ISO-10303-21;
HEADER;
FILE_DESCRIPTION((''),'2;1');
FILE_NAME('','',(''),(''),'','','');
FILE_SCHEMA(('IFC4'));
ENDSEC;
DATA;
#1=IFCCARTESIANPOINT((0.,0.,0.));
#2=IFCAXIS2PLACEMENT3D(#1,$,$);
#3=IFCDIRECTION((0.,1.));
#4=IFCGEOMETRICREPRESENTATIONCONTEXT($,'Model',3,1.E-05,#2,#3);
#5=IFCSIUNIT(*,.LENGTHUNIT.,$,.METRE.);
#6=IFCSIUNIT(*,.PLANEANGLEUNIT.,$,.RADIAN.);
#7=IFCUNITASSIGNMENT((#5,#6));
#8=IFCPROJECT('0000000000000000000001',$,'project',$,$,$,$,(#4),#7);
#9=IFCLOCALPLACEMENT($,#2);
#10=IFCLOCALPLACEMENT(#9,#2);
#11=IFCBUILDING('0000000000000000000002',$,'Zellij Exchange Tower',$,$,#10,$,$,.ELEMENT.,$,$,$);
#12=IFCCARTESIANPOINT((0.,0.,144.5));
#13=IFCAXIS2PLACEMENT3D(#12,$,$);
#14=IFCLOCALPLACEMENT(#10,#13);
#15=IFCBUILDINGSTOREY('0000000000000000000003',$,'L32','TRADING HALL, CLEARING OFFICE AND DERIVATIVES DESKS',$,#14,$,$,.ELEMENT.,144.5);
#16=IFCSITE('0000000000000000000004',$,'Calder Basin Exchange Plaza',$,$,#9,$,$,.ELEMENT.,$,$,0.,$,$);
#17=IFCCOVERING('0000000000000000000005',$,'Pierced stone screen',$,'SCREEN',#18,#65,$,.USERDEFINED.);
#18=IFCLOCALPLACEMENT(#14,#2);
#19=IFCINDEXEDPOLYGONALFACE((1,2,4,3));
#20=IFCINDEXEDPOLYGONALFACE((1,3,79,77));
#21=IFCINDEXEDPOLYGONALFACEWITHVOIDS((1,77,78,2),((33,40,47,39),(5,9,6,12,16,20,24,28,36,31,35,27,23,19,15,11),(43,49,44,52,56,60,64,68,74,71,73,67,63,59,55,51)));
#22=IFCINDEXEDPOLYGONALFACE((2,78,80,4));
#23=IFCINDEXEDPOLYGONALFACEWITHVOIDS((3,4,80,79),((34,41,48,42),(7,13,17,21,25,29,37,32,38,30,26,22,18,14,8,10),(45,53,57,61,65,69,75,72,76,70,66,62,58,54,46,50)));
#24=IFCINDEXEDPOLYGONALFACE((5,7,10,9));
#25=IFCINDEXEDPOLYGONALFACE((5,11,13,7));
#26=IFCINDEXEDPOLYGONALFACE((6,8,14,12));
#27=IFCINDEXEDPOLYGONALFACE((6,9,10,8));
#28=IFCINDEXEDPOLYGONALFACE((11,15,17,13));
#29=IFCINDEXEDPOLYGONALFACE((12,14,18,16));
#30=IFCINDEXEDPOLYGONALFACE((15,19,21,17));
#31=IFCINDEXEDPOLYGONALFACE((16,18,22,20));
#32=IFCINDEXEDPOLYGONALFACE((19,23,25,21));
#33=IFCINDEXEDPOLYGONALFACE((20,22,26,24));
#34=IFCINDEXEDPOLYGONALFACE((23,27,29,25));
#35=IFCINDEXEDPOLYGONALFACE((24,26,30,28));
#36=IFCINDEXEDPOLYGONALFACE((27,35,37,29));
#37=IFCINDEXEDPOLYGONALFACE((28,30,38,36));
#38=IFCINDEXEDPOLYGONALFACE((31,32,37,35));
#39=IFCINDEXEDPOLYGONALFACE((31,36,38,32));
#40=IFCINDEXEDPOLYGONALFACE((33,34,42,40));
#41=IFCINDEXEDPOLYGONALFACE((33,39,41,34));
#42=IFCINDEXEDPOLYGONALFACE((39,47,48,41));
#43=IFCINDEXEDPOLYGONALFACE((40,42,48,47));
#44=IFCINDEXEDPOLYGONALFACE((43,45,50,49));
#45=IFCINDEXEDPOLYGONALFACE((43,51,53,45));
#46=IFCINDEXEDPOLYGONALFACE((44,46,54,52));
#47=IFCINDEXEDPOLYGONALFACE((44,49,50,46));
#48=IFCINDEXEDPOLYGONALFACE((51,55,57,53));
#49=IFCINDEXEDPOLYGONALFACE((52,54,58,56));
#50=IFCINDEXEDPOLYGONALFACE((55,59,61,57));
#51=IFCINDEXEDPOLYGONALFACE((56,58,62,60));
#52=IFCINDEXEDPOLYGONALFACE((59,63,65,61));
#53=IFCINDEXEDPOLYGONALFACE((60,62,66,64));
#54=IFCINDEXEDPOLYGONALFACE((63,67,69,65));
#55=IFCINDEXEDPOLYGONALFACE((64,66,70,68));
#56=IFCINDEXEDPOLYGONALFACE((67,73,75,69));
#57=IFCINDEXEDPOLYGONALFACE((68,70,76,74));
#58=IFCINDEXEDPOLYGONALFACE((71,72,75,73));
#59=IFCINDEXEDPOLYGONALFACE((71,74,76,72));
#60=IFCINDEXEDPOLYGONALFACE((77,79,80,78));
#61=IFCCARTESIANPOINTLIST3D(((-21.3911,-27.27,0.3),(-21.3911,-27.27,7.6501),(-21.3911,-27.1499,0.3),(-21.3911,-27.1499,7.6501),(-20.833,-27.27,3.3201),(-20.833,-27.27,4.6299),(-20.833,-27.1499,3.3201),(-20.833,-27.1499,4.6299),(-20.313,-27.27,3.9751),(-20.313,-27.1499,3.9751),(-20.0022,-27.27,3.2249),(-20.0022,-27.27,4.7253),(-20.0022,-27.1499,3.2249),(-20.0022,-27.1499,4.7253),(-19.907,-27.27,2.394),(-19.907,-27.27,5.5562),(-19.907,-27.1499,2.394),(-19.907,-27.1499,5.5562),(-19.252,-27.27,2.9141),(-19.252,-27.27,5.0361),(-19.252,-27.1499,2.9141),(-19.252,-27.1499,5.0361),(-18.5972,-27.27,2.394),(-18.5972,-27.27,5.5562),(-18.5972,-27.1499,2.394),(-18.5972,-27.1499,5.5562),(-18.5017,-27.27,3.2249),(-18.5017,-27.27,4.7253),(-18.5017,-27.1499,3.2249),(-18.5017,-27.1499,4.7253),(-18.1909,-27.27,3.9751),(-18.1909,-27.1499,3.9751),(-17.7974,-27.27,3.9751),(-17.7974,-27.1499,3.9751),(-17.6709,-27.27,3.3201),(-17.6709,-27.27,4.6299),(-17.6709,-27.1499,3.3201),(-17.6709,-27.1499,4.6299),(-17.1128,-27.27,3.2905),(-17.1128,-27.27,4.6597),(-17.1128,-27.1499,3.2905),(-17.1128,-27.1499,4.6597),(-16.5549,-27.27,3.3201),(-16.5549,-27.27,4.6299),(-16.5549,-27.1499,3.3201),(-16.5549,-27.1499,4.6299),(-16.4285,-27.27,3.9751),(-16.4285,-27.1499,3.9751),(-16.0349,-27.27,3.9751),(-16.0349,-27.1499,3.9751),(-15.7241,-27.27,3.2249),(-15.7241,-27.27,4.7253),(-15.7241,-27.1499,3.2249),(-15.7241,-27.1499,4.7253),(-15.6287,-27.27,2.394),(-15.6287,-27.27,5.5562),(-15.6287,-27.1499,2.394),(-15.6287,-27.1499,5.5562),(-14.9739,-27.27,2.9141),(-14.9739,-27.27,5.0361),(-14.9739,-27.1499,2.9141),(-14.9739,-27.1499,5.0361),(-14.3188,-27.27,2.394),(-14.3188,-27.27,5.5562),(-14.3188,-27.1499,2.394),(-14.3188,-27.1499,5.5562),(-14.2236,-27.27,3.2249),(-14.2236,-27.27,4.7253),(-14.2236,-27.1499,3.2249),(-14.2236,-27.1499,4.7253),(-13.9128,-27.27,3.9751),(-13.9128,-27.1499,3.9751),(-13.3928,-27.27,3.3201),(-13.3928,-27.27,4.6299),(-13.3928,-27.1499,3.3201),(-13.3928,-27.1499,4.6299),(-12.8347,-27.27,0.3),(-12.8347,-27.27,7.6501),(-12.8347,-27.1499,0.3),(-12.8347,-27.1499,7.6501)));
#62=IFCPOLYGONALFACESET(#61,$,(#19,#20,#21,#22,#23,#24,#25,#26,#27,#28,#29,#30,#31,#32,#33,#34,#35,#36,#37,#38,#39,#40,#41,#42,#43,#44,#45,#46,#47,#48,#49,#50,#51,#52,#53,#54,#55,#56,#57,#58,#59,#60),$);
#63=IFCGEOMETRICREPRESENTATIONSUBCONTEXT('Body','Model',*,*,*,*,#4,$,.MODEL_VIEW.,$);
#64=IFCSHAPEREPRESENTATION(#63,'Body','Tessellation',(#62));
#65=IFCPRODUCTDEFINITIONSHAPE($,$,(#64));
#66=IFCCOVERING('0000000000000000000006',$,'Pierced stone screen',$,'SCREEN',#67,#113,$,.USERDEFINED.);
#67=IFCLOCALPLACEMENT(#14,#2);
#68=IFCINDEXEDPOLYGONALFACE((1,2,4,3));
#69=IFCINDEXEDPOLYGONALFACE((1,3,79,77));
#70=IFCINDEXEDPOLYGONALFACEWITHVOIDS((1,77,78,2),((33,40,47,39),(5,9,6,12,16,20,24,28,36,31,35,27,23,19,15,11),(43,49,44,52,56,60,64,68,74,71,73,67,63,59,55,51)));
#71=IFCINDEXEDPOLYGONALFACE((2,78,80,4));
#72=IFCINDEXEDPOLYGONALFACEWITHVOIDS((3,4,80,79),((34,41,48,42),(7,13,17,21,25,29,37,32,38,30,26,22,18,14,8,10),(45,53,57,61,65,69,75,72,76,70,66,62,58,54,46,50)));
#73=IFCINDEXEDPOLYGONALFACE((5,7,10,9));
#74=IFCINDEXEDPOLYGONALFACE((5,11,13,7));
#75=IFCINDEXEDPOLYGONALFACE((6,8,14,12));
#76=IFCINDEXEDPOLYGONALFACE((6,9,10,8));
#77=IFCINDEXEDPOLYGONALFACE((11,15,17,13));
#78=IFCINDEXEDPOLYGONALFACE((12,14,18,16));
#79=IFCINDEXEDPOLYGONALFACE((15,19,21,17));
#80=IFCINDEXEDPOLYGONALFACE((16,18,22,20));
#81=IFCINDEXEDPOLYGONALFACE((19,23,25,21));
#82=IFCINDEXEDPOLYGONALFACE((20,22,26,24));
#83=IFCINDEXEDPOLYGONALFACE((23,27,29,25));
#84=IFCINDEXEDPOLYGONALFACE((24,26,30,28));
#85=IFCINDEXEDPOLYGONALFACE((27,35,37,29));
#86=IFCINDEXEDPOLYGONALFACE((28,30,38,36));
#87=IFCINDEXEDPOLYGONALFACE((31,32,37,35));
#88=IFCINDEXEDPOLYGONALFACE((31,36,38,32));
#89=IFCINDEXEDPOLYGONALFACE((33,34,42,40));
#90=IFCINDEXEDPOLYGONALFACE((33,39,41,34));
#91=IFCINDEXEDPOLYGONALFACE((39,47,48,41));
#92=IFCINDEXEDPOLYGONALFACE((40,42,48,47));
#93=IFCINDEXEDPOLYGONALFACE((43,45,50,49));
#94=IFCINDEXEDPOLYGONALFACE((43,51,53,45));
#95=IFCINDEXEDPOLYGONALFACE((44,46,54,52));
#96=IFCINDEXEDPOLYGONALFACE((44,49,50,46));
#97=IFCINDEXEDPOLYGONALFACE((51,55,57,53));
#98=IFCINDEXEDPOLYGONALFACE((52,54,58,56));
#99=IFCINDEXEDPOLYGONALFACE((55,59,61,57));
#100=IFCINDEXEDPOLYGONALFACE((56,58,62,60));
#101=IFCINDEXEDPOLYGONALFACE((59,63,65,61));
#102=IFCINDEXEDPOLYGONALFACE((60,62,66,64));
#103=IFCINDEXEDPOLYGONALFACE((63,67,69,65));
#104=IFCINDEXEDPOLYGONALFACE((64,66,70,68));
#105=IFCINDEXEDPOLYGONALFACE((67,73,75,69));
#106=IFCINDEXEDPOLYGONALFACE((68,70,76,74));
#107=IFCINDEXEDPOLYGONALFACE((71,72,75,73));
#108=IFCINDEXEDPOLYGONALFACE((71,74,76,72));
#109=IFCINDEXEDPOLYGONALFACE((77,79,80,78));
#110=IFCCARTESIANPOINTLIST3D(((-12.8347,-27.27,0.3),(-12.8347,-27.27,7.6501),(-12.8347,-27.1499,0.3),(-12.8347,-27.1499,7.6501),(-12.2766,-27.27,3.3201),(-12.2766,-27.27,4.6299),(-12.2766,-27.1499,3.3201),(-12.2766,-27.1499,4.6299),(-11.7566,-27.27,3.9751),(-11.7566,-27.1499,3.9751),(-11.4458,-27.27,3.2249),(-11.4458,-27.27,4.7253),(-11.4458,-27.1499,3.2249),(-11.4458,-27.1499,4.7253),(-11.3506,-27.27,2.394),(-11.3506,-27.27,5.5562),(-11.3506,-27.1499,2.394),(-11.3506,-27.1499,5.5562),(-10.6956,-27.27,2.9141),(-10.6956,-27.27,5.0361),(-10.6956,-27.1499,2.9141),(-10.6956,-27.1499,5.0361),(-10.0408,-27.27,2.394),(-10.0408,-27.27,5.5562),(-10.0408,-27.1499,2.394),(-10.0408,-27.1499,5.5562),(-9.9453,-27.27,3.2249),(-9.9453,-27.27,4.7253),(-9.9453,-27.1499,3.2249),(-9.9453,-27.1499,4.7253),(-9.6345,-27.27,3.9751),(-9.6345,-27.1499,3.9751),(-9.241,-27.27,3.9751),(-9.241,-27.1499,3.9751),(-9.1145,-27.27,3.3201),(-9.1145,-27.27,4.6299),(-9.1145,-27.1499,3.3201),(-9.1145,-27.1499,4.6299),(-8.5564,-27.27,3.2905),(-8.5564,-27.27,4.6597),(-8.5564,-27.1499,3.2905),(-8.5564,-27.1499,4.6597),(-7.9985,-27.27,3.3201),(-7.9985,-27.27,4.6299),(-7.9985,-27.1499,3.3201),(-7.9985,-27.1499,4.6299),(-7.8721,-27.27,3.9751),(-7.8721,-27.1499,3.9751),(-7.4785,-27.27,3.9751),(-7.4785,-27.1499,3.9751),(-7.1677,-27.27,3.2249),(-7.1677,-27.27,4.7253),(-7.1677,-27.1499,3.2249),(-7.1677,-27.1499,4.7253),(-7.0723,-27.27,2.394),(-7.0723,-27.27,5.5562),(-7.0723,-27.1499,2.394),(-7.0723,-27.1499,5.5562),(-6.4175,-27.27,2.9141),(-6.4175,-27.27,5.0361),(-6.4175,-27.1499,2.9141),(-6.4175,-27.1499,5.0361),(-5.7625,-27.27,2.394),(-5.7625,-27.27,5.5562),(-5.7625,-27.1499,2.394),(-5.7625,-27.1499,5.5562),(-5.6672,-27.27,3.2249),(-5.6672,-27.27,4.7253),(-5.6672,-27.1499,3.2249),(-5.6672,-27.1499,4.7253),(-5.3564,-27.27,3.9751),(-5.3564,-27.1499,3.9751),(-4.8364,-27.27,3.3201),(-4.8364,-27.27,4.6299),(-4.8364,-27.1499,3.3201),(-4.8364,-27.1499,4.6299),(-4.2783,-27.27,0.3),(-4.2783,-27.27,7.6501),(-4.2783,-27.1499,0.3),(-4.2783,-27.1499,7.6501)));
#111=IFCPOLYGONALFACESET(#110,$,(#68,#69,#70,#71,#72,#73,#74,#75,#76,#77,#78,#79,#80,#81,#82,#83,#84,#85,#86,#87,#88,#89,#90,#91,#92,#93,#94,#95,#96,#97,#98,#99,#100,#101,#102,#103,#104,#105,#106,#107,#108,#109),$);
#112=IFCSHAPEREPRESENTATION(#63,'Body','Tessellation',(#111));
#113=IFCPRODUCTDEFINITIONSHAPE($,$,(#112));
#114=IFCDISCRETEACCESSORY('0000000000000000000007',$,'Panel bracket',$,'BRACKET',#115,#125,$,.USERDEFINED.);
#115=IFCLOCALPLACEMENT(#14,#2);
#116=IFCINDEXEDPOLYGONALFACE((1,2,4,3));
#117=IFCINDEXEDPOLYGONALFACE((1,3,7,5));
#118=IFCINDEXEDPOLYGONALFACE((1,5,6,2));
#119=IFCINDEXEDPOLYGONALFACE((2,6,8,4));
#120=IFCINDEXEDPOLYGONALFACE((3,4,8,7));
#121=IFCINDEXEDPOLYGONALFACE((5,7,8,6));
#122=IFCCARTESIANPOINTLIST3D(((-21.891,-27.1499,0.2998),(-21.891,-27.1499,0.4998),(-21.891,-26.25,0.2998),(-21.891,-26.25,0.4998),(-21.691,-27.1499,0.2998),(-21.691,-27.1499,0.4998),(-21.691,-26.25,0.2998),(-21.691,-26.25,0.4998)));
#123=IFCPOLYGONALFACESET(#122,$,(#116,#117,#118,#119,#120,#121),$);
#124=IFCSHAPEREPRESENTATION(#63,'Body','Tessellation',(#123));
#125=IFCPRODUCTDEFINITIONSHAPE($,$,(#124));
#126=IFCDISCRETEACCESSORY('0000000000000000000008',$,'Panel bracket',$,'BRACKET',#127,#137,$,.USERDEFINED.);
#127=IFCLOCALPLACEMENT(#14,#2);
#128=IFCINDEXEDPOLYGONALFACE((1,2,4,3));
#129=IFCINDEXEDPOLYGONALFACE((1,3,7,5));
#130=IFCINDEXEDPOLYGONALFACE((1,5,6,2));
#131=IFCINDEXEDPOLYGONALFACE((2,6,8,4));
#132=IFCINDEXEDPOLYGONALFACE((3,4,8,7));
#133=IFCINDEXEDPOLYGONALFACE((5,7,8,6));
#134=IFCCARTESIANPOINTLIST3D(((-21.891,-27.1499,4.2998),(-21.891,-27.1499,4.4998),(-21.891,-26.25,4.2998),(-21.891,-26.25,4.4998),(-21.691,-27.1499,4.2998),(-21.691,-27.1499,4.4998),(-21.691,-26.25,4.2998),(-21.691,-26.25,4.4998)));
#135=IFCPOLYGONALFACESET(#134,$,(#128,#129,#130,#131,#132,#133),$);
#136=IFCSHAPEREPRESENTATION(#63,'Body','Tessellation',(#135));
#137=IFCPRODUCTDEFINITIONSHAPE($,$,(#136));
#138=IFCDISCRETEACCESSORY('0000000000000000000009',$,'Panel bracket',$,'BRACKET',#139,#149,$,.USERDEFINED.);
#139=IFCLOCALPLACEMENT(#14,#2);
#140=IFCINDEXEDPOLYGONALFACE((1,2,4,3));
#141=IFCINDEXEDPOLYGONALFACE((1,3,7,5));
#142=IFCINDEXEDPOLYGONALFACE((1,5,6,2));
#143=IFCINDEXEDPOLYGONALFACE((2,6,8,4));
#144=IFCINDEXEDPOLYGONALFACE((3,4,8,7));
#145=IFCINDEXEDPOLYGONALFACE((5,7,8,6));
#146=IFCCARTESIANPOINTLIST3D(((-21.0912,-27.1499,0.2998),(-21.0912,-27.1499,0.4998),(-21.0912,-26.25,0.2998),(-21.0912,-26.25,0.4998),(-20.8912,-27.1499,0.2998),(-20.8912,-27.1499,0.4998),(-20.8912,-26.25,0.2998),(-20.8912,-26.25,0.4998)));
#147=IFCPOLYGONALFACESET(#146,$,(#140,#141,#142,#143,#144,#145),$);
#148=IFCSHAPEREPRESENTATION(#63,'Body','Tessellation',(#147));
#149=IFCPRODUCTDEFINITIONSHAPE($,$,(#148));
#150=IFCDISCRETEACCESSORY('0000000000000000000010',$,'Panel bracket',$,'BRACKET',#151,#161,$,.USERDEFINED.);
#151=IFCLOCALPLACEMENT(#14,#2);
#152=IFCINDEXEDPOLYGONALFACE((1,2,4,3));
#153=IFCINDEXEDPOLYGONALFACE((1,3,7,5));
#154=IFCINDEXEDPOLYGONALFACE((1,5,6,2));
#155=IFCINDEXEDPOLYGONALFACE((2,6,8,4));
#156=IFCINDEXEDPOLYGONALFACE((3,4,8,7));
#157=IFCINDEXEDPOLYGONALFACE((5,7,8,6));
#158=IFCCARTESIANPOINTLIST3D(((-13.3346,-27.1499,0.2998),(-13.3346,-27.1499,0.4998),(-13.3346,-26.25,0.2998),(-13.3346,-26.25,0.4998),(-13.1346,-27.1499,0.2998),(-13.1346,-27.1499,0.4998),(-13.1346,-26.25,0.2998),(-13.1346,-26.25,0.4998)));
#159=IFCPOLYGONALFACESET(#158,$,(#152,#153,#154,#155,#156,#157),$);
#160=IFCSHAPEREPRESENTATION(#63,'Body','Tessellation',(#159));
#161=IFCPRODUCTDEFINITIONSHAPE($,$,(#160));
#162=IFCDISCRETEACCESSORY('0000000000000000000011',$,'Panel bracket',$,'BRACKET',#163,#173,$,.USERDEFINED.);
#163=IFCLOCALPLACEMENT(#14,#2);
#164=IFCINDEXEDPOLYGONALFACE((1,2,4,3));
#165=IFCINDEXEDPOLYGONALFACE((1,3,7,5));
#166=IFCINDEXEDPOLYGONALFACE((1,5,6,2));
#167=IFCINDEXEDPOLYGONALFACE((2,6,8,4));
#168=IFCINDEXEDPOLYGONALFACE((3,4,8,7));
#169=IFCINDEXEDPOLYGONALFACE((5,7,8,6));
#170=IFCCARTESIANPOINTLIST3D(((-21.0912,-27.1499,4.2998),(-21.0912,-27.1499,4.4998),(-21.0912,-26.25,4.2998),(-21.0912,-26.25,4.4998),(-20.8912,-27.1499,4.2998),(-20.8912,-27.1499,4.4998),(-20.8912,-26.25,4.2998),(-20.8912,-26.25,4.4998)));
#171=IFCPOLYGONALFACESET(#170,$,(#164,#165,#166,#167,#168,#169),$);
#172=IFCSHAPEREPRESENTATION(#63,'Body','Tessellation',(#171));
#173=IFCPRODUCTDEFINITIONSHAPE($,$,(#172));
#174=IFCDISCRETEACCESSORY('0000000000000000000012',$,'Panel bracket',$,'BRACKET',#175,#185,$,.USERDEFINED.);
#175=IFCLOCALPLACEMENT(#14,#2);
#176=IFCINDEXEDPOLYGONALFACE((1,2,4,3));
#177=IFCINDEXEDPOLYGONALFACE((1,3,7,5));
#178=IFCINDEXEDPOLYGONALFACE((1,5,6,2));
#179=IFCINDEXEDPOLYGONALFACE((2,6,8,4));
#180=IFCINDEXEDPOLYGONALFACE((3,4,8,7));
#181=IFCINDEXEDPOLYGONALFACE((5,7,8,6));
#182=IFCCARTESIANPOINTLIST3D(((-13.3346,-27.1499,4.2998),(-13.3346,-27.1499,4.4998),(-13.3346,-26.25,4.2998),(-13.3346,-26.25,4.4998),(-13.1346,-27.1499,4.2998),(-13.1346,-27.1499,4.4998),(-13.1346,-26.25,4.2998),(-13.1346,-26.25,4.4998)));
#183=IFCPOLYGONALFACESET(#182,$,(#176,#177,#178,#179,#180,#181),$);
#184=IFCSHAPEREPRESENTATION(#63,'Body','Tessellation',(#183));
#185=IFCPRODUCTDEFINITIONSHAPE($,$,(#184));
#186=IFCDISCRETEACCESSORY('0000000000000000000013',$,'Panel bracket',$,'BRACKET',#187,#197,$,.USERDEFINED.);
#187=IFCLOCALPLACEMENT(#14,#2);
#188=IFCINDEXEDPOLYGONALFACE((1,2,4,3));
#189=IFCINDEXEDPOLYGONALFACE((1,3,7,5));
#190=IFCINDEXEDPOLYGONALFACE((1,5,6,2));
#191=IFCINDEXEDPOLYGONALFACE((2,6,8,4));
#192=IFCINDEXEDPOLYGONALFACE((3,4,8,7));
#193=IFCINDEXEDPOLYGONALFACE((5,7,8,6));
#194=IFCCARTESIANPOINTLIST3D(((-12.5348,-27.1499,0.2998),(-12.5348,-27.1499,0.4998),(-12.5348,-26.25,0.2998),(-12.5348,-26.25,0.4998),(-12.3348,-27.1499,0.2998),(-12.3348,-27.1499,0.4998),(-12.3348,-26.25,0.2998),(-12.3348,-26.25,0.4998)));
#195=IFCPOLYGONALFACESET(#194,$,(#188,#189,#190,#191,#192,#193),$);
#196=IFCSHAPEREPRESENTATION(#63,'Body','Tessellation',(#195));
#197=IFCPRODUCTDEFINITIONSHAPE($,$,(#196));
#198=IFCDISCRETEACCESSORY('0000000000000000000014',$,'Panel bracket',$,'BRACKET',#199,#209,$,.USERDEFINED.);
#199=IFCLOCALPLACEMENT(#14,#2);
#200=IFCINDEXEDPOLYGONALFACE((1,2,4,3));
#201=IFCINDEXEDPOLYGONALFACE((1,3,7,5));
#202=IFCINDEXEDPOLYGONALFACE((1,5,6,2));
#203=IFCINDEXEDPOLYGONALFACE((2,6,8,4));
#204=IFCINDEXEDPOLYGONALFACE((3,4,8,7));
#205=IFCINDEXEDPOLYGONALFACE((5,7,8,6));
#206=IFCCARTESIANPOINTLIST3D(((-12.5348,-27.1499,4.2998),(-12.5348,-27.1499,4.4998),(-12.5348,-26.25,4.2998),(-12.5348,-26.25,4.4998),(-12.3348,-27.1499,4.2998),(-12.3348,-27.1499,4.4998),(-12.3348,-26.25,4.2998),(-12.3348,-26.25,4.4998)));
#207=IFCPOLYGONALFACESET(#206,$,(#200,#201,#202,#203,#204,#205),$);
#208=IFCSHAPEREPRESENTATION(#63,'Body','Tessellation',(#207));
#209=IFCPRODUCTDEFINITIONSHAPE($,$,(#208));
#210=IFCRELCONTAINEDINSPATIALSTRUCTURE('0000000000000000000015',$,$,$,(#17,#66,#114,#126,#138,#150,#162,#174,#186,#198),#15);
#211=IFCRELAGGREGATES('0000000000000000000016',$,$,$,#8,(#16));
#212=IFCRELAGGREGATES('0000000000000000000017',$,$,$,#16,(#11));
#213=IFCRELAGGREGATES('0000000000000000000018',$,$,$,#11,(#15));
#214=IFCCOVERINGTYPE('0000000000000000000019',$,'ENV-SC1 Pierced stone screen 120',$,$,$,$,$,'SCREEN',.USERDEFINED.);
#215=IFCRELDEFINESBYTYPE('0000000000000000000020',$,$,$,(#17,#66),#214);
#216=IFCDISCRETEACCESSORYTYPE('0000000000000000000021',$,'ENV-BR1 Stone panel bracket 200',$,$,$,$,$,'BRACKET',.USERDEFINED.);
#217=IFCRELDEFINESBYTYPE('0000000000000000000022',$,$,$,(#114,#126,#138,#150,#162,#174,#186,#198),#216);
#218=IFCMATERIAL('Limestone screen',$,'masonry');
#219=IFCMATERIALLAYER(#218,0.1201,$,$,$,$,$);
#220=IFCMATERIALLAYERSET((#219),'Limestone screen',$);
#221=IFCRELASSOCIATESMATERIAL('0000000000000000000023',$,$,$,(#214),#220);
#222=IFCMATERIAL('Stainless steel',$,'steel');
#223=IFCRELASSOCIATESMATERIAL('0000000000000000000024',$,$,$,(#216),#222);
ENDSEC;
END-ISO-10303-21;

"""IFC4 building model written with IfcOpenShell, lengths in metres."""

from ifc_helpers import new_model, si_unit, direction, frame, origin, origin_2d, place, context, subcontext, project, spatial, polyline, rectangle, outline, extrude, material, layer, layer_set, type_object, element, save


model = new_model("IFC4")

# Units and contexts
model_context = context("Model", 3, precision=1e-05, world=origin(), true_north=direction((0.0, 1.0)))
body_context = subcontext(model_context, "Body", "Model", "MODEL_VIEW")
ifc_project = project(units=[si_unit("LENGTHUNIT", "METRE"), si_unit("PLANEANGLEUNIT", "RADIAN")], contexts=[model_context])

# Site, building, storey
site_placement = place(None, origin())
site = spatial("IfcSite", under=ifc_project, at=site_placement, Name="Calder Basin Exchange Plaza", CompositionType="ELEMENT", RefElevation=0.0)
building_placement = place(site_placement, origin())
building = spatial("IfcBuilding", under=site, at=building_placement, Name="Zellij Exchange Tower", CompositionType="ELEMENT")
storey_placement = place(building_placement, frame((0.0, 0.0, 144.5)))
storey = spatial("IfcBuildingStorey", under=building, at=storey_placement, Name="L32", Description="TRADING HALL, CLEARING OFFICE AND DERIVATIVES DESKS", CompositionType="ELEMENT", Elevation=144.5)

# Shared definitions
ifc_material_1 = material(Name="Stainless steel", Category="steel")

# Coverings
ifc_material_2 = material(Name="Limestone screen", Category="masonry")
ifc_layer_1 = layer(ifc_material_2, 0.1201)
ifc_layer_set_1 = layer_set([ifc_layer_1], Name="Limestone screen")
covering_type = type_object("IfcCoveringType", Name="ENV-SC1 Pierced stone screen 120", ElementType="SCREEN", PredefinedType="USERDEFINED", material=ifc_layer_set_1)
for number, where, z_axis, x_axis, name in (
    (1, (-21.3911, -27.21, 0.3), (0.0, 0.0, 1.0), (1.0, 0.0, 0.0), "Pierced stone screen"),
    (2, (-12.8347, -27.21, 0.3), (0.0, 0.0, 1.0), (1.0, 0.0, 0.0), "Pierced stone screen"),
):
    element("IfcCovering", number, at=place(storey_placement, frame(where, z_axis=z_axis, x_axis=x_axis)), inside=storey, type_object=covering_type, Name=name, ObjectType="SCREEN", PredefinedType="USERDEFINED", context=body_context, shape_type="SweptSolid", body=[
        extrude(outline(polyline([(0.0, 0.0), (8.5564, 0.0), (8.5564, 7.3501), (0.0, 7.3501), (0.0, 0.0)]), holes=[polyline([(3.7202, 4.3298), (2.8894, 4.4253), (2.7939, 5.2561), (2.1392, 4.7361), (1.4841, 5.2561), (1.3889, 4.4253), (0.5581, 4.3298), (1.0781, 3.675), (0.5581, 3.02), (1.3889, 2.9248), (1.4841, 2.094), (2.1392, 2.614), (2.7939, 2.094), (2.8894, 2.9248), (3.7202, 3.02), (3.2002, 3.675), (3.7202, 4.3298)]), polyline([(7.9983, 4.3298), (7.1675, 4.4253), (7.0723, 5.2561), (6.4172, 4.7361), (5.7625, 5.2561), (5.667, 4.4253), (4.8362, 4.3298), (5.3562, 3.675), (4.8362, 3.02), (5.667, 2.9248), (5.7625, 2.094), (6.4172, 2.614), (7.0723, 2.094), (7.1675, 2.9248), (7.9983, 3.02), (7.4783, 3.675), (7.9983, 4.3298)]), polyline([(4.9626, 3.675), (4.2783, 4.3596), (3.5938, 3.675), (4.2783, 2.9905), (4.9626, 3.675)])]), frame((0.0, 0.0601, 0.0), z_axis=(0.0, -1.0, 0.0), x_axis=(1.0, 0.0, 0.0)), (0.0, 0.0, 1.0), 0.1201),
    ])

# Discrete accessories
discrete_accessory_type = type_object("IfcDiscreteAccessoryType", Name="ENV-BR1 Stone panel bracket 200", ElementType="BRACKET", PredefinedType="USERDEFINED", material=ifc_material_1)
for number, where, z_axis, x_axis, name in (
    (3, (-21.791, -26.7, 0.2998), (0.0, 0.0, 1.0), (1.0, 0.0, 0.0), "Panel bracket"),
    (4, (-21.791, -26.7, 4.2998), (0.0, 0.0, 1.0), (1.0, 0.0, 0.0), "Panel bracket"),
    (5, (-20.9912, -26.7, 0.2998), (0.0, 0.0, 1.0), (1.0, 0.0, 0.0), "Panel bracket"),
    (6, (-13.2346, -26.7, 0.2998), (0.0, 0.0, 1.0), (1.0, 0.0, 0.0), "Panel bracket"),
    (7, (-20.9912, -26.7, 4.2998), (0.0, 0.0, 1.0), (1.0, 0.0, 0.0), "Panel bracket"),
    (8, (-13.2346, -26.7, 4.2998), (0.0, 0.0, 1.0), (1.0, 0.0, 0.0), "Panel bracket"),
    (9, (-12.4348, -26.7, 0.2998), (0.0, 0.0, 1.0), (1.0, 0.0, 0.0), "Panel bracket"),
    (10, (-12.4348, -26.7, 4.2998), (0.0, 0.0, 1.0), (1.0, 0.0, 0.0), "Panel bracket"),
):
    element("IfcDiscreteAccessory", number, at=place(storey_placement, frame(where, z_axis=z_axis, x_axis=x_axis)), inside=storey, type_object=discrete_accessory_type, Name=name, ObjectType="BRACKET", PredefinedType="USERDEFINED", context=body_context, shape_type="SweptSolid", body=[
        extrude(rectangle(XDim=0.2, YDim=0.8999, at=origin_2d()), origin(), (0.0, 0.0, 1.0), 0.2),
    ])

save(model, "model.ifc")
